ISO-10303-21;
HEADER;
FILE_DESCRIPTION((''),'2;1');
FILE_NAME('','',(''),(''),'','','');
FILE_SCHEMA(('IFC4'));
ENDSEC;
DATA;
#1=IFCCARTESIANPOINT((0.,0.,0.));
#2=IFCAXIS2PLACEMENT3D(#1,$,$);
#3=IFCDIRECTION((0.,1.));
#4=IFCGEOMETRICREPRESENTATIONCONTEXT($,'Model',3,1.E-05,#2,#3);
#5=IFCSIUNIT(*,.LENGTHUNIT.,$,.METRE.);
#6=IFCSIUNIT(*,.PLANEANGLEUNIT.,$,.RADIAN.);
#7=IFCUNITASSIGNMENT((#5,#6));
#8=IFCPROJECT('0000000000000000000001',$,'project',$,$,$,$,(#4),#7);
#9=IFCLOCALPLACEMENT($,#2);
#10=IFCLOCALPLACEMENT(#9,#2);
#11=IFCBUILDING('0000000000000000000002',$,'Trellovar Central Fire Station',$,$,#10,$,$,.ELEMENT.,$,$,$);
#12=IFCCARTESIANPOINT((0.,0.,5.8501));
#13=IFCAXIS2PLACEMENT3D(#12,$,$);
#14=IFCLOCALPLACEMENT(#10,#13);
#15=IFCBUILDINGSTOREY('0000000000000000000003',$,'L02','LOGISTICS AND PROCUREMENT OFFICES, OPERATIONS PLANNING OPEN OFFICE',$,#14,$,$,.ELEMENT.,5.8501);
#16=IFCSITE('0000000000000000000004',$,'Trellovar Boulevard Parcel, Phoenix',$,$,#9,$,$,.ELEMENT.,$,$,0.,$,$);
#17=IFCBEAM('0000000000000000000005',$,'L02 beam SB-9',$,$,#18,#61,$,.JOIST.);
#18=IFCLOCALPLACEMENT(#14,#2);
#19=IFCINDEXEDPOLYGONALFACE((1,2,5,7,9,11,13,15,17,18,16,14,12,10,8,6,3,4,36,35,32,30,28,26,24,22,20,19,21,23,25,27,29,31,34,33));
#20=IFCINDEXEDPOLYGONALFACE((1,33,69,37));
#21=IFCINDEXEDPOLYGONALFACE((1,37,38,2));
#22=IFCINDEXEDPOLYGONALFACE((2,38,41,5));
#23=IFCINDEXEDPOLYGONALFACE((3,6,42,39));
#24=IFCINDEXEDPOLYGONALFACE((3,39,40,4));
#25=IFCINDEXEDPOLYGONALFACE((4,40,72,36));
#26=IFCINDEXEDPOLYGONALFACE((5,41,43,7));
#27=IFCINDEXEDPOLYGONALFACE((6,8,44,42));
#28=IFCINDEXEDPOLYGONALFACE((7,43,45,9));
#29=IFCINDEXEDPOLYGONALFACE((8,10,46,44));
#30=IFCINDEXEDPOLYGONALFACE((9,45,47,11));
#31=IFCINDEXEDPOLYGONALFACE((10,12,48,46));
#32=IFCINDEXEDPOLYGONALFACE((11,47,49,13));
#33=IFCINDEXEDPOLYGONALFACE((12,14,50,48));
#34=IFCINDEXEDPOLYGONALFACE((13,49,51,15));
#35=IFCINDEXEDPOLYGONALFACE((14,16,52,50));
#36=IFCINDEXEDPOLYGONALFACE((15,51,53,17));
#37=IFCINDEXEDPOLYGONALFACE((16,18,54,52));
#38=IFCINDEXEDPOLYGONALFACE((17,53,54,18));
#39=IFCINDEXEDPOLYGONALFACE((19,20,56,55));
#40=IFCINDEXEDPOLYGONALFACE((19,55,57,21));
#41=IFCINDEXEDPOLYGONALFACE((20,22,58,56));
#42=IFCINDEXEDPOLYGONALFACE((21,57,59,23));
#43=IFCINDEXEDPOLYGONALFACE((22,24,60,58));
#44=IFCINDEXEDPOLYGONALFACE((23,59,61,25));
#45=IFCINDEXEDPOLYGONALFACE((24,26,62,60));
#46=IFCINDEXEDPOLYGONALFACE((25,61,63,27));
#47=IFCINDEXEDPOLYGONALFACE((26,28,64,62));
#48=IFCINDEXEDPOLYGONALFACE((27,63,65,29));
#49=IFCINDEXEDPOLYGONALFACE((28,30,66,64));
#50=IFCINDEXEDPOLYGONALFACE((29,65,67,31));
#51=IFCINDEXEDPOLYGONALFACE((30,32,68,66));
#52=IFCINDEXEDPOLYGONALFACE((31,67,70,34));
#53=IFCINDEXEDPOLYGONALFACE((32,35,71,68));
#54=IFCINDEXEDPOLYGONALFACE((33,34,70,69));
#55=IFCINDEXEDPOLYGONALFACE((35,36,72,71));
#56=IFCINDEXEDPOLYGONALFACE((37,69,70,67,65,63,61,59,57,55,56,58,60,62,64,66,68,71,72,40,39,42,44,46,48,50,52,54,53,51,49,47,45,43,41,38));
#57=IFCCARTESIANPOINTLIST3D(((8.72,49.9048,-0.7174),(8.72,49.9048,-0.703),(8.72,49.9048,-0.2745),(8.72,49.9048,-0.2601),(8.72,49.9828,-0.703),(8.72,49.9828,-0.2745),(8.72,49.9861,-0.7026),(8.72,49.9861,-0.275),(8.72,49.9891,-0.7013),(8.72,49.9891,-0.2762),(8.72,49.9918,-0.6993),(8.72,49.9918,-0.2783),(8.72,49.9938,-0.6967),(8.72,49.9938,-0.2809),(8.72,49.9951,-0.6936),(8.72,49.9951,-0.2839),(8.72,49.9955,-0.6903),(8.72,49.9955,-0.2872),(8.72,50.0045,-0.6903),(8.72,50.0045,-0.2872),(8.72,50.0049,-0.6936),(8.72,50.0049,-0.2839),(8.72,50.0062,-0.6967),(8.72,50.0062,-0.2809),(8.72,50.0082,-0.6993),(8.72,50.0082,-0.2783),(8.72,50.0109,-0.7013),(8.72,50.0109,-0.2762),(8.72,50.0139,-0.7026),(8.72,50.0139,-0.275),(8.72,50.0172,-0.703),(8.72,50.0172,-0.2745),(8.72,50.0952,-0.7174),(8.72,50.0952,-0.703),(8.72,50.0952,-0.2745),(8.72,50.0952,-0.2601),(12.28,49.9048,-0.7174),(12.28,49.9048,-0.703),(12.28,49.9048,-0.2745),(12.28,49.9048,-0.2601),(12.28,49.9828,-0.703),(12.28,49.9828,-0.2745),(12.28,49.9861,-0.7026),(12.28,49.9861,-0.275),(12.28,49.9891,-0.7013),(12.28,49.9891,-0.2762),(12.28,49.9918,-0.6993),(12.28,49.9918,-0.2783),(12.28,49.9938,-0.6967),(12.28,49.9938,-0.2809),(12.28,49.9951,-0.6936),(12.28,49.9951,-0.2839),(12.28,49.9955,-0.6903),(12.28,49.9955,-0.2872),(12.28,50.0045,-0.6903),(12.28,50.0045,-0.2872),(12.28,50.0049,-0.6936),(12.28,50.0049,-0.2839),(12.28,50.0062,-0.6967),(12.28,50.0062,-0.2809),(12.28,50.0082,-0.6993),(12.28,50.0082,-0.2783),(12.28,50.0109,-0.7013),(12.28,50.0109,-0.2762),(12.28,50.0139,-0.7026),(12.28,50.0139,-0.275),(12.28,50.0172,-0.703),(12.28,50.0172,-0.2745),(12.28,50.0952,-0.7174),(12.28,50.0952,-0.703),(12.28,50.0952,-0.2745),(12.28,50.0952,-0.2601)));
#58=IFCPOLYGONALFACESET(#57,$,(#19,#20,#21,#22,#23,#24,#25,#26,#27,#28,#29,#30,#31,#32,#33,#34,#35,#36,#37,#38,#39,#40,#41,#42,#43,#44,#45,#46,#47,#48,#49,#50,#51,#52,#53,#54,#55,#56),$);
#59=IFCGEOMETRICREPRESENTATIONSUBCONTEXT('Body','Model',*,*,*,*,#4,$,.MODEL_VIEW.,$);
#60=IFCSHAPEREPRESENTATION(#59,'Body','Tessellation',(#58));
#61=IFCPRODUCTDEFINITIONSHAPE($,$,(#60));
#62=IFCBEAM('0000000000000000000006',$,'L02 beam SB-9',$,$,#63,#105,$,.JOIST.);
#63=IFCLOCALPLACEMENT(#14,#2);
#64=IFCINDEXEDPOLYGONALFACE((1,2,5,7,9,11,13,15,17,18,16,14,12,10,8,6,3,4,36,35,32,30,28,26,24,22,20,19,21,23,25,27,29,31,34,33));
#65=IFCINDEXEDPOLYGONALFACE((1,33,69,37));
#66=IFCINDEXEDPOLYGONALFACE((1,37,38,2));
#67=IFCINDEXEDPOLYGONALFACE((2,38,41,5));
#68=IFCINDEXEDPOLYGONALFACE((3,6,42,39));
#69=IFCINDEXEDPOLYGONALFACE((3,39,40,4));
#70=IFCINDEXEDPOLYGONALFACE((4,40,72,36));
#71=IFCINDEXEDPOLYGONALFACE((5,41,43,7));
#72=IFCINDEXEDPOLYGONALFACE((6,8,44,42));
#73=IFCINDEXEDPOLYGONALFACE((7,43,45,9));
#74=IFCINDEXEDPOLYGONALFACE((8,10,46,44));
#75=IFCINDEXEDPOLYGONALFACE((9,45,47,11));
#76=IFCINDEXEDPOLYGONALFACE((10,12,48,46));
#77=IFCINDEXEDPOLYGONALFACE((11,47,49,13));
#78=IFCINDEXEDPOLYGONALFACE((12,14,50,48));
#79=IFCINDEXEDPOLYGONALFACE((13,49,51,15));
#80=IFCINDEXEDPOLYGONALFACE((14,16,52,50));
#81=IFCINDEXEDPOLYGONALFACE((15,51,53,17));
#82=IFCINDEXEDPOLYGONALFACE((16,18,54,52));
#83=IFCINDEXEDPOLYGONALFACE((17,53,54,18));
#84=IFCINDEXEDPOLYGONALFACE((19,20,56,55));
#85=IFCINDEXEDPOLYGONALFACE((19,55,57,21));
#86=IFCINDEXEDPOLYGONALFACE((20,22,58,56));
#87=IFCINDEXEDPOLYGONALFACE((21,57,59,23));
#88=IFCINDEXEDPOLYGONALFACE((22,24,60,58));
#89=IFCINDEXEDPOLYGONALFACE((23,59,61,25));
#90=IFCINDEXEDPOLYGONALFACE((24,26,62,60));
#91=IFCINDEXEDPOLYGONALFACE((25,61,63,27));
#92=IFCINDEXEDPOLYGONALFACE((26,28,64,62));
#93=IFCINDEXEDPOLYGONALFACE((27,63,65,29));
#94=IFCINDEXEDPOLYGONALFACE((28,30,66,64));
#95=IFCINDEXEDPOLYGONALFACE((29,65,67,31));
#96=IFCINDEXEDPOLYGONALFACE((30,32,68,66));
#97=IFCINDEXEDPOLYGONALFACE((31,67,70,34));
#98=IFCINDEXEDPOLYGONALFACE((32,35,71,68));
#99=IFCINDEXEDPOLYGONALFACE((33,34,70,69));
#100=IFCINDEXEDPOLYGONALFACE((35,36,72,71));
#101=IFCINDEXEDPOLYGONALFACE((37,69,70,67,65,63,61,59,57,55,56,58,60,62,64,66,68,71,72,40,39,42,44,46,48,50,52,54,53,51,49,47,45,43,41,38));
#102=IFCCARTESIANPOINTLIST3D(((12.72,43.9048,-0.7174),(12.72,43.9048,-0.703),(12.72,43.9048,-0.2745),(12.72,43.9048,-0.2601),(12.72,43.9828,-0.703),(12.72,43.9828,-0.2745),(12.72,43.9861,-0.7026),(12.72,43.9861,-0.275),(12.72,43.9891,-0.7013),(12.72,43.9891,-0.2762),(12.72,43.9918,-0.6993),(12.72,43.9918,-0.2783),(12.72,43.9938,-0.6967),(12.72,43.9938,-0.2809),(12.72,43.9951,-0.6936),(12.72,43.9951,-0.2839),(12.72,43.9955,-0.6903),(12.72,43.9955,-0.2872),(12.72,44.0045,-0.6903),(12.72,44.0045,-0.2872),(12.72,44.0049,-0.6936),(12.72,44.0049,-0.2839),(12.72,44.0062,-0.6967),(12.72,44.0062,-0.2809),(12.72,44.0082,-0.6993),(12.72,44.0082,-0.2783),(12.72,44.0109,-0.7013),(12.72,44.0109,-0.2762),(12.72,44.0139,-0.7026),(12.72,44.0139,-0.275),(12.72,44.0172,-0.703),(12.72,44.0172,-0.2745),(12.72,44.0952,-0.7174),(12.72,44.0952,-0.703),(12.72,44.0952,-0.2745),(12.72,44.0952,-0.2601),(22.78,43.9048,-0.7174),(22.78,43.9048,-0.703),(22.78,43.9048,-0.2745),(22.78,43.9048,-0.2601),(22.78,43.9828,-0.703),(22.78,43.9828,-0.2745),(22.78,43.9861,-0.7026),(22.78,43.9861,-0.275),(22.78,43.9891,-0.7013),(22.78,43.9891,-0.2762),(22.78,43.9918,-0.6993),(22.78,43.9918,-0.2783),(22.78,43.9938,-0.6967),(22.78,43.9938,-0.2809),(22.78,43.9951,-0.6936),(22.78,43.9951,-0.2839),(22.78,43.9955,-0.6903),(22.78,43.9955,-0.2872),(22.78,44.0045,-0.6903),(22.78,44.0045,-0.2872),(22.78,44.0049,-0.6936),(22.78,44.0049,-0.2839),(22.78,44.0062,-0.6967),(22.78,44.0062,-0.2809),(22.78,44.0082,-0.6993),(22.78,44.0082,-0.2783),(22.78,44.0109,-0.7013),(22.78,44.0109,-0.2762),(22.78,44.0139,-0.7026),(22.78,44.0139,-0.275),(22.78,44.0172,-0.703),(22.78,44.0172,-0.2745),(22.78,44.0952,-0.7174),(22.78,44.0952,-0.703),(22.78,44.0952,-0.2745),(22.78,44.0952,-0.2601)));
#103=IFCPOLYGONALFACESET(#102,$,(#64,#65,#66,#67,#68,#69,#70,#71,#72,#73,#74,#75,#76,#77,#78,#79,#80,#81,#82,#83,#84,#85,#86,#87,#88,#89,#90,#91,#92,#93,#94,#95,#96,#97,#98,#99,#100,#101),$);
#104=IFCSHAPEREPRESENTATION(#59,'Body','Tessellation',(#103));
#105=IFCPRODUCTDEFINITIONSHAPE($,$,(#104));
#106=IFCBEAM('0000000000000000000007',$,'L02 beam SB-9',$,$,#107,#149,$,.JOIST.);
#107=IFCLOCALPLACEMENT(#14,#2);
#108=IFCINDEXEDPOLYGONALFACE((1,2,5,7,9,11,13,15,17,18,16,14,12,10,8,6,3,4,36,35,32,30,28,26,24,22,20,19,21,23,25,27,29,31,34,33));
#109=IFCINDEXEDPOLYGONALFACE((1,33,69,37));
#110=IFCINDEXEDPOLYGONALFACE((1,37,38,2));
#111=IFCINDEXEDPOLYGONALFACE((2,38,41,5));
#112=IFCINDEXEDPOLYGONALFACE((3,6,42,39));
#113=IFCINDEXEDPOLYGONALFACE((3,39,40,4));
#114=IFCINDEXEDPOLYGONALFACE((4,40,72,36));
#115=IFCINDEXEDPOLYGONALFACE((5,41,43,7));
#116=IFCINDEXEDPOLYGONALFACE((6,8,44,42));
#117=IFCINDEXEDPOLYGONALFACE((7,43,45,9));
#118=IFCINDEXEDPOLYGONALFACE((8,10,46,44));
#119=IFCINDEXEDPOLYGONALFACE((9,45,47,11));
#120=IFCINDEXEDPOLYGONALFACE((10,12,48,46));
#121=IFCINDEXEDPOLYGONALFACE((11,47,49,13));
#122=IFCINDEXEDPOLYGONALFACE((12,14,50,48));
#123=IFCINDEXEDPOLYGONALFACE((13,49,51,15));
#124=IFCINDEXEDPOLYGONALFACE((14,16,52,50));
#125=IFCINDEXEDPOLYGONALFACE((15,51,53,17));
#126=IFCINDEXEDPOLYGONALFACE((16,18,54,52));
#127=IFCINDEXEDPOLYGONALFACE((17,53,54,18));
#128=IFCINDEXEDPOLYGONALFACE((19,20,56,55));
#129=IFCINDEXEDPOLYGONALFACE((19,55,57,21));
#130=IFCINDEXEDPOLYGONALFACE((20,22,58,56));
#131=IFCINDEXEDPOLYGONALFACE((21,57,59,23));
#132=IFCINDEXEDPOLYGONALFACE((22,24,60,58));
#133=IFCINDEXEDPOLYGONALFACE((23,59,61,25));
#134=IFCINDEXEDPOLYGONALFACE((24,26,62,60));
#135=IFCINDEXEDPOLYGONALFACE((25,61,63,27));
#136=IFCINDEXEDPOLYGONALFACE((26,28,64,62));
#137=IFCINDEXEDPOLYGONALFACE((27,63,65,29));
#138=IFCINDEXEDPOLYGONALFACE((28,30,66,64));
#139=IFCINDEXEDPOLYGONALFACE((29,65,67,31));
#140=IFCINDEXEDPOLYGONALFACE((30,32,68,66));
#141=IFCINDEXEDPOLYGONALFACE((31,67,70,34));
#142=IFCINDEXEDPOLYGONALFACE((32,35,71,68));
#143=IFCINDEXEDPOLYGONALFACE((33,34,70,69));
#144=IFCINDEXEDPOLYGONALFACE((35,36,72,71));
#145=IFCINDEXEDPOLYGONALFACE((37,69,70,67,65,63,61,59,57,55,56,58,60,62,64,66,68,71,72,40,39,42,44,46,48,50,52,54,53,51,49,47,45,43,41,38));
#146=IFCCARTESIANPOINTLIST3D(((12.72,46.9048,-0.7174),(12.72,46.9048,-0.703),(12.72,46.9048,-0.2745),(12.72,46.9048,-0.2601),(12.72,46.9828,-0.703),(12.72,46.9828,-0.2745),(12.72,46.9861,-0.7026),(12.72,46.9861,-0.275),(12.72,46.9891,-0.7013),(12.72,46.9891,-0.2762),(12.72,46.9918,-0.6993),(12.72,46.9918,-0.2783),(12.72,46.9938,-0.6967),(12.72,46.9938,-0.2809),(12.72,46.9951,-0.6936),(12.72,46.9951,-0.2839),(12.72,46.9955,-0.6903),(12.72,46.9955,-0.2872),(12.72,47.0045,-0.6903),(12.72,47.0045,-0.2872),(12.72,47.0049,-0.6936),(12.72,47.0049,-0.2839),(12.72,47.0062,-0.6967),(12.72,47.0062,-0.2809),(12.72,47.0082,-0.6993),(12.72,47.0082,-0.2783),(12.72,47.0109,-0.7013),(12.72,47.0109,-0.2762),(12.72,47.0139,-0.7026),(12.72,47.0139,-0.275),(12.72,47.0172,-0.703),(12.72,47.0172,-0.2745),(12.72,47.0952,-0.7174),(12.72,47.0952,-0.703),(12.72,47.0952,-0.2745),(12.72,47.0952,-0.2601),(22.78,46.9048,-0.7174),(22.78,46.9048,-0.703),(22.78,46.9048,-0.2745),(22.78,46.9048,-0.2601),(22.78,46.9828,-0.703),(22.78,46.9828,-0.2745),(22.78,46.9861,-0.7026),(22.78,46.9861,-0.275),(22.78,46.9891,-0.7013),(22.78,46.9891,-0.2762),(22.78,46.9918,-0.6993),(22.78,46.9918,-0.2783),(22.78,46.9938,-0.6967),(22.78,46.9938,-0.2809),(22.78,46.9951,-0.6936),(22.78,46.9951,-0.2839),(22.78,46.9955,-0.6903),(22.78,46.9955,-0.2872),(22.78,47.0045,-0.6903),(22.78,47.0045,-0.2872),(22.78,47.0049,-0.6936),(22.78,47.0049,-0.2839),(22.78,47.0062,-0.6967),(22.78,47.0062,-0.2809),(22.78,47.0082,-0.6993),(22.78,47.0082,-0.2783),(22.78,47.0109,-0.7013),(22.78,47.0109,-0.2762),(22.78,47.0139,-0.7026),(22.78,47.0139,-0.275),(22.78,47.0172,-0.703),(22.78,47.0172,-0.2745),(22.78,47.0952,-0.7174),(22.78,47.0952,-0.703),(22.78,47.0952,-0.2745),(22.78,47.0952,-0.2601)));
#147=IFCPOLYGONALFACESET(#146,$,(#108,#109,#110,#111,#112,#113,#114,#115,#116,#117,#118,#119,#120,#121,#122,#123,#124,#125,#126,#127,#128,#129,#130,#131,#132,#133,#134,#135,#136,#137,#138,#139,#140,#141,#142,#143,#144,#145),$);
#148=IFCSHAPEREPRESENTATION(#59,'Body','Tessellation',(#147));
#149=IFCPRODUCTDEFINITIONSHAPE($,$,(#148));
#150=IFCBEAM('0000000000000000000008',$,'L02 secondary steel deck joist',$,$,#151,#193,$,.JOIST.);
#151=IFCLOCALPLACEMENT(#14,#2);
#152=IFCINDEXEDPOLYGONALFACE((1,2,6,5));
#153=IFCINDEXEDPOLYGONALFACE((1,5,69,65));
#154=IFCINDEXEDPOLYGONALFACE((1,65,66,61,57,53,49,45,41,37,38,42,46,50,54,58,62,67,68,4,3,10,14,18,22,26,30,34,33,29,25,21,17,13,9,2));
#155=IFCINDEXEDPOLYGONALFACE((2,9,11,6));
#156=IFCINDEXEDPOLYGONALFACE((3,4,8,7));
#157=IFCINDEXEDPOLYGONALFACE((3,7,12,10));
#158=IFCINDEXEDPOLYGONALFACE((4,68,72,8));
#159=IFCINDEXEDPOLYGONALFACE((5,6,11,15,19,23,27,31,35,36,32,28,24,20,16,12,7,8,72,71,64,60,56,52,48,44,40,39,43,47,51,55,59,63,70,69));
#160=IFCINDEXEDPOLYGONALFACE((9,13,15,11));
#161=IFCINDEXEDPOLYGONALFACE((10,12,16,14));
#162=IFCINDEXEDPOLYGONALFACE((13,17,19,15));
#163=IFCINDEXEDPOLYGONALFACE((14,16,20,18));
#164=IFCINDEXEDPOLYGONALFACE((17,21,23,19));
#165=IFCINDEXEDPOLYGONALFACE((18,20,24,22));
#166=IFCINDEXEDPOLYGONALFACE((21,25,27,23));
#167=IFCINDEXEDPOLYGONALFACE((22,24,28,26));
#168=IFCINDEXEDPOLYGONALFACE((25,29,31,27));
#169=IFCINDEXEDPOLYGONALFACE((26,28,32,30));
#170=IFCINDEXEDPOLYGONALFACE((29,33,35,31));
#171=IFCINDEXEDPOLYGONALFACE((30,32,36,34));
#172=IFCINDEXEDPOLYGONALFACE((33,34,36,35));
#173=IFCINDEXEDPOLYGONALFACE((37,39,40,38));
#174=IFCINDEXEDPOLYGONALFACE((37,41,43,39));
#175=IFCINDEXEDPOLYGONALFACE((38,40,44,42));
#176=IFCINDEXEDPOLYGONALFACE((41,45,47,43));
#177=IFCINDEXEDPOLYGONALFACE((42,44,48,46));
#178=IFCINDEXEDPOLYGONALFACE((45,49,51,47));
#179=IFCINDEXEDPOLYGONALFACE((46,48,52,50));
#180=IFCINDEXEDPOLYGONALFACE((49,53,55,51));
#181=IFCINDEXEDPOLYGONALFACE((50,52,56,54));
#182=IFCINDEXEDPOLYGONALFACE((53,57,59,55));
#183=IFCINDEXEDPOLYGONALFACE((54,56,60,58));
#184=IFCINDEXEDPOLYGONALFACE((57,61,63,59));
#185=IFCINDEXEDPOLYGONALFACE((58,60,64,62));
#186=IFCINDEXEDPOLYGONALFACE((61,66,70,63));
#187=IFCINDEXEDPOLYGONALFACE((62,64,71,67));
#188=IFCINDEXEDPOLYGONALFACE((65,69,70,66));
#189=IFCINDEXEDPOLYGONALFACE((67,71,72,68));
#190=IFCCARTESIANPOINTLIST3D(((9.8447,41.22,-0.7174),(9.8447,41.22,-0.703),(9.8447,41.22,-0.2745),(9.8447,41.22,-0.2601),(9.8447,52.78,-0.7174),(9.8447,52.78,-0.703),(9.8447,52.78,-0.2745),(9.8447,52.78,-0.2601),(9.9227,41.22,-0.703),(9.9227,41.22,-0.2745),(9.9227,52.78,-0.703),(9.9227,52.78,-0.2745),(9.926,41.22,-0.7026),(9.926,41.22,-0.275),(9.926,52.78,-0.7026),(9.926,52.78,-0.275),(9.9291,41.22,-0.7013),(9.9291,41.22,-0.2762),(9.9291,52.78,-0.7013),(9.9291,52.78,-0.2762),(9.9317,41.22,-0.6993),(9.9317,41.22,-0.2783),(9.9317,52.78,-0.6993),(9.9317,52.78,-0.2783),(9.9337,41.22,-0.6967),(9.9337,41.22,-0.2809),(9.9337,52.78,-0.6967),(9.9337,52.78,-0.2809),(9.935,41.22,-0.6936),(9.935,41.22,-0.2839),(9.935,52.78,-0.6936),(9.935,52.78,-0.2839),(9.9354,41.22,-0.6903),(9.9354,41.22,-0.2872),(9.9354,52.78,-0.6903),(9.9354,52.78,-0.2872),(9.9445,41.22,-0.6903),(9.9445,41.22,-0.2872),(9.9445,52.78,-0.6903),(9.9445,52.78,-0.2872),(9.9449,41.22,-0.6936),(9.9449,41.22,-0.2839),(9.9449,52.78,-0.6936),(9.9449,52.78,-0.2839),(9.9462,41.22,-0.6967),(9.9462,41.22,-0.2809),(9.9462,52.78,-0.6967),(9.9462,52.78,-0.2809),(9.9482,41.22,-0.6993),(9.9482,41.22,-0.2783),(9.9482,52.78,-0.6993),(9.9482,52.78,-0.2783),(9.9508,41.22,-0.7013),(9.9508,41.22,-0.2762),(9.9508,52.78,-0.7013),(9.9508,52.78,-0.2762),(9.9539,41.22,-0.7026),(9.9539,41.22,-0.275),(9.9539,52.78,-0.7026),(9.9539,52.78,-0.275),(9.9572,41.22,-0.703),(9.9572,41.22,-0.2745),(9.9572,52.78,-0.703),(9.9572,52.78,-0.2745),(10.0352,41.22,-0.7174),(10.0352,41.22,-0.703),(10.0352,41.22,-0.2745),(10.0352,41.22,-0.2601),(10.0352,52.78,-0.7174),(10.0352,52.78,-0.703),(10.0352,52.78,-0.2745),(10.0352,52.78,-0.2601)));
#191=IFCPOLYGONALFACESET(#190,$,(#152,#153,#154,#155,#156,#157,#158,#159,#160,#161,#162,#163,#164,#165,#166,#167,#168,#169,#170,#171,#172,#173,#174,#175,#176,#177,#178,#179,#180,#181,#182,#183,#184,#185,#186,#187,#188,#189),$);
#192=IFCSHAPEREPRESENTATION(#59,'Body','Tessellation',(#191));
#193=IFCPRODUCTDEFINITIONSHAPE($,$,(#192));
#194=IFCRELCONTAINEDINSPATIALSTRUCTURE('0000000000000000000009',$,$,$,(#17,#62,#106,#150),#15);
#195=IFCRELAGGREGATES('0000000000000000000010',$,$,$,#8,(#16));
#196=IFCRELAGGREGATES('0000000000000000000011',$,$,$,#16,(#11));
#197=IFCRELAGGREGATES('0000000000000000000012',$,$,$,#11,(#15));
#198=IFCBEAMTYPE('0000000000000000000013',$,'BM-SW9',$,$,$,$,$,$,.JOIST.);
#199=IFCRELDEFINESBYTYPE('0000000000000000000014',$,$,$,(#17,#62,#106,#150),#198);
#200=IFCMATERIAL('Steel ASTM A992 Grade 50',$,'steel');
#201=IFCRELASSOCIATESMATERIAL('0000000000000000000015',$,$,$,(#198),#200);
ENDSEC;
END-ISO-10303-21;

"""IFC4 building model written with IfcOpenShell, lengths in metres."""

from ifc_helpers import new_model, si_unit, direction, frame, origin, origin_2d, place, context, subcontext, project, spatial, i_section, extrude, material, material_profile, profile_set, type_object, element, save


model = new_model("IFC4")

# Units and contexts
model_context = context("Model", 3, precision=1e-05, world=origin(), true_north=direction((0.0, 1.0)))
body_context = subcontext(model_context, "Body", "Model", "MODEL_VIEW")
ifc_project = project(units=[si_unit("LENGTHUNIT", "METRE"), si_unit("PLANEANGLEUNIT", "RADIAN")], contexts=[model_context])

# Site, building, storey
site_placement = place(None, origin())
site = spatial("IfcSite", under=ifc_project, at=site_placement, Name="Trellovar Boulevard Parcel, Phoenix", CompositionType="ELEMENT", RefElevation=0.0)
building_placement = place(site_placement, origin())
building = spatial("IfcBuilding", under=site, at=building_placement, Name="Trellovar Central Fire Station", CompositionType="ELEMENT")
storey_placement = place(building_placement, frame((0.0, 0.0, 5.8501)))
storey = spatial("IfcBuildingStorey", under=building, at=storey_placement, Name="L02", Description="LOGISTICS AND PROCUREMENT OFFICES, OPERATIONS PLANNING OPEN OFFICE", CompositionType="ELEMENT", Elevation=5.8501)

# Beams
ifc_material_1 = material(Name="Steel ASTM A992 Grade 50", Category="steel")
ifc_material_profile_1 = material_profile(ifc_material_1, i_section(OverallWidth=0.1904, OverallDepth=0.4573, WebThickness=0.009, FlangeThickness=0.0144, FilletRadius=0.0127, at=origin_2d()), Name="W18X50")
ifc_profile_set_1 = profile_set([ifc_material_profile_1], Name="Steel ASTM A992 Grade 50")
beam_type_1 = type_object("IfcBeamType", Name="BM-SW9", PredefinedType="JOIST", material=ifc_profile_set_1)
for number, where, z_axis, x_axis, name in (
    (1, (8.72, 50.0, -0.4888), (1.0, 0.0, 0.0), (0.0, 1.0, 0.0), "L02 beam SB-9"),
):
    element("IfcBeam", number, at=place(storey_placement, frame(where, z_axis=z_axis, x_axis=x_axis)), inside=storey, type_object=beam_type_1, Name=name, PredefinedType="JOIST", context=body_context, shape_type="SweptSolid", body=[
        extrude(i_section(OverallWidth=0.1904, OverallDepth=0.4573, WebThickness=0.009, FlangeThickness=0.0144, FilletRadius=0.0127, at=origin_2d()), origin(), (0.0, 0.0, 1.0), 3.5601),
    ])
for number, where, z_axis, x_axis, name in (
    (2, (12.72, 44.0, -0.4888), (1.0, 0.0, 0.0), (0.0, 1.0, 0.0), "L02 beam SB-9"),
    (3, (12.72, 47.0, -0.4888), (1.0, 0.0, 0.0), (0.0, 1.0, 0.0), "L02 beam SB-9"),
):
    element("IfcBeam", number, at=place(storey_placement, frame(where, z_axis=z_axis, x_axis=x_axis)), inside=storey, type_object=beam_type_1, Name=name, PredefinedType="JOIST", context=body_context, shape_type="SweptSolid", body=[
        extrude(i_section(OverallWidth=0.1904, OverallDepth=0.4573, WebThickness=0.009, FlangeThickness=0.0144, FilletRadius=0.0127, at=origin_2d()), origin(), (0.0, 0.0, 1.0), 10.0601),
    ])
beam_1_placement = place(storey_placement, frame((9.9399, 41.22, -0.4888), z_axis=(0.0, 1.0, 0.0), x_axis=(-1.0, 0.0, 0.0)))
element("IfcBeam", 4, at=beam_1_placement, inside=storey, type_object=beam_type_1, Name="L02 secondary steel deck joist", PredefinedType="JOIST", context=body_context, shape_type="SweptSolid", body=[
    extrude(i_section(OverallWidth=0.1904, OverallDepth=0.4573, WebThickness=0.009, FlangeThickness=0.0144, FilletRadius=0.0127, at=origin_2d()), origin(), (0.0, 0.0, 1.0), 11.5601),
])

save(model, "model.ifc")
